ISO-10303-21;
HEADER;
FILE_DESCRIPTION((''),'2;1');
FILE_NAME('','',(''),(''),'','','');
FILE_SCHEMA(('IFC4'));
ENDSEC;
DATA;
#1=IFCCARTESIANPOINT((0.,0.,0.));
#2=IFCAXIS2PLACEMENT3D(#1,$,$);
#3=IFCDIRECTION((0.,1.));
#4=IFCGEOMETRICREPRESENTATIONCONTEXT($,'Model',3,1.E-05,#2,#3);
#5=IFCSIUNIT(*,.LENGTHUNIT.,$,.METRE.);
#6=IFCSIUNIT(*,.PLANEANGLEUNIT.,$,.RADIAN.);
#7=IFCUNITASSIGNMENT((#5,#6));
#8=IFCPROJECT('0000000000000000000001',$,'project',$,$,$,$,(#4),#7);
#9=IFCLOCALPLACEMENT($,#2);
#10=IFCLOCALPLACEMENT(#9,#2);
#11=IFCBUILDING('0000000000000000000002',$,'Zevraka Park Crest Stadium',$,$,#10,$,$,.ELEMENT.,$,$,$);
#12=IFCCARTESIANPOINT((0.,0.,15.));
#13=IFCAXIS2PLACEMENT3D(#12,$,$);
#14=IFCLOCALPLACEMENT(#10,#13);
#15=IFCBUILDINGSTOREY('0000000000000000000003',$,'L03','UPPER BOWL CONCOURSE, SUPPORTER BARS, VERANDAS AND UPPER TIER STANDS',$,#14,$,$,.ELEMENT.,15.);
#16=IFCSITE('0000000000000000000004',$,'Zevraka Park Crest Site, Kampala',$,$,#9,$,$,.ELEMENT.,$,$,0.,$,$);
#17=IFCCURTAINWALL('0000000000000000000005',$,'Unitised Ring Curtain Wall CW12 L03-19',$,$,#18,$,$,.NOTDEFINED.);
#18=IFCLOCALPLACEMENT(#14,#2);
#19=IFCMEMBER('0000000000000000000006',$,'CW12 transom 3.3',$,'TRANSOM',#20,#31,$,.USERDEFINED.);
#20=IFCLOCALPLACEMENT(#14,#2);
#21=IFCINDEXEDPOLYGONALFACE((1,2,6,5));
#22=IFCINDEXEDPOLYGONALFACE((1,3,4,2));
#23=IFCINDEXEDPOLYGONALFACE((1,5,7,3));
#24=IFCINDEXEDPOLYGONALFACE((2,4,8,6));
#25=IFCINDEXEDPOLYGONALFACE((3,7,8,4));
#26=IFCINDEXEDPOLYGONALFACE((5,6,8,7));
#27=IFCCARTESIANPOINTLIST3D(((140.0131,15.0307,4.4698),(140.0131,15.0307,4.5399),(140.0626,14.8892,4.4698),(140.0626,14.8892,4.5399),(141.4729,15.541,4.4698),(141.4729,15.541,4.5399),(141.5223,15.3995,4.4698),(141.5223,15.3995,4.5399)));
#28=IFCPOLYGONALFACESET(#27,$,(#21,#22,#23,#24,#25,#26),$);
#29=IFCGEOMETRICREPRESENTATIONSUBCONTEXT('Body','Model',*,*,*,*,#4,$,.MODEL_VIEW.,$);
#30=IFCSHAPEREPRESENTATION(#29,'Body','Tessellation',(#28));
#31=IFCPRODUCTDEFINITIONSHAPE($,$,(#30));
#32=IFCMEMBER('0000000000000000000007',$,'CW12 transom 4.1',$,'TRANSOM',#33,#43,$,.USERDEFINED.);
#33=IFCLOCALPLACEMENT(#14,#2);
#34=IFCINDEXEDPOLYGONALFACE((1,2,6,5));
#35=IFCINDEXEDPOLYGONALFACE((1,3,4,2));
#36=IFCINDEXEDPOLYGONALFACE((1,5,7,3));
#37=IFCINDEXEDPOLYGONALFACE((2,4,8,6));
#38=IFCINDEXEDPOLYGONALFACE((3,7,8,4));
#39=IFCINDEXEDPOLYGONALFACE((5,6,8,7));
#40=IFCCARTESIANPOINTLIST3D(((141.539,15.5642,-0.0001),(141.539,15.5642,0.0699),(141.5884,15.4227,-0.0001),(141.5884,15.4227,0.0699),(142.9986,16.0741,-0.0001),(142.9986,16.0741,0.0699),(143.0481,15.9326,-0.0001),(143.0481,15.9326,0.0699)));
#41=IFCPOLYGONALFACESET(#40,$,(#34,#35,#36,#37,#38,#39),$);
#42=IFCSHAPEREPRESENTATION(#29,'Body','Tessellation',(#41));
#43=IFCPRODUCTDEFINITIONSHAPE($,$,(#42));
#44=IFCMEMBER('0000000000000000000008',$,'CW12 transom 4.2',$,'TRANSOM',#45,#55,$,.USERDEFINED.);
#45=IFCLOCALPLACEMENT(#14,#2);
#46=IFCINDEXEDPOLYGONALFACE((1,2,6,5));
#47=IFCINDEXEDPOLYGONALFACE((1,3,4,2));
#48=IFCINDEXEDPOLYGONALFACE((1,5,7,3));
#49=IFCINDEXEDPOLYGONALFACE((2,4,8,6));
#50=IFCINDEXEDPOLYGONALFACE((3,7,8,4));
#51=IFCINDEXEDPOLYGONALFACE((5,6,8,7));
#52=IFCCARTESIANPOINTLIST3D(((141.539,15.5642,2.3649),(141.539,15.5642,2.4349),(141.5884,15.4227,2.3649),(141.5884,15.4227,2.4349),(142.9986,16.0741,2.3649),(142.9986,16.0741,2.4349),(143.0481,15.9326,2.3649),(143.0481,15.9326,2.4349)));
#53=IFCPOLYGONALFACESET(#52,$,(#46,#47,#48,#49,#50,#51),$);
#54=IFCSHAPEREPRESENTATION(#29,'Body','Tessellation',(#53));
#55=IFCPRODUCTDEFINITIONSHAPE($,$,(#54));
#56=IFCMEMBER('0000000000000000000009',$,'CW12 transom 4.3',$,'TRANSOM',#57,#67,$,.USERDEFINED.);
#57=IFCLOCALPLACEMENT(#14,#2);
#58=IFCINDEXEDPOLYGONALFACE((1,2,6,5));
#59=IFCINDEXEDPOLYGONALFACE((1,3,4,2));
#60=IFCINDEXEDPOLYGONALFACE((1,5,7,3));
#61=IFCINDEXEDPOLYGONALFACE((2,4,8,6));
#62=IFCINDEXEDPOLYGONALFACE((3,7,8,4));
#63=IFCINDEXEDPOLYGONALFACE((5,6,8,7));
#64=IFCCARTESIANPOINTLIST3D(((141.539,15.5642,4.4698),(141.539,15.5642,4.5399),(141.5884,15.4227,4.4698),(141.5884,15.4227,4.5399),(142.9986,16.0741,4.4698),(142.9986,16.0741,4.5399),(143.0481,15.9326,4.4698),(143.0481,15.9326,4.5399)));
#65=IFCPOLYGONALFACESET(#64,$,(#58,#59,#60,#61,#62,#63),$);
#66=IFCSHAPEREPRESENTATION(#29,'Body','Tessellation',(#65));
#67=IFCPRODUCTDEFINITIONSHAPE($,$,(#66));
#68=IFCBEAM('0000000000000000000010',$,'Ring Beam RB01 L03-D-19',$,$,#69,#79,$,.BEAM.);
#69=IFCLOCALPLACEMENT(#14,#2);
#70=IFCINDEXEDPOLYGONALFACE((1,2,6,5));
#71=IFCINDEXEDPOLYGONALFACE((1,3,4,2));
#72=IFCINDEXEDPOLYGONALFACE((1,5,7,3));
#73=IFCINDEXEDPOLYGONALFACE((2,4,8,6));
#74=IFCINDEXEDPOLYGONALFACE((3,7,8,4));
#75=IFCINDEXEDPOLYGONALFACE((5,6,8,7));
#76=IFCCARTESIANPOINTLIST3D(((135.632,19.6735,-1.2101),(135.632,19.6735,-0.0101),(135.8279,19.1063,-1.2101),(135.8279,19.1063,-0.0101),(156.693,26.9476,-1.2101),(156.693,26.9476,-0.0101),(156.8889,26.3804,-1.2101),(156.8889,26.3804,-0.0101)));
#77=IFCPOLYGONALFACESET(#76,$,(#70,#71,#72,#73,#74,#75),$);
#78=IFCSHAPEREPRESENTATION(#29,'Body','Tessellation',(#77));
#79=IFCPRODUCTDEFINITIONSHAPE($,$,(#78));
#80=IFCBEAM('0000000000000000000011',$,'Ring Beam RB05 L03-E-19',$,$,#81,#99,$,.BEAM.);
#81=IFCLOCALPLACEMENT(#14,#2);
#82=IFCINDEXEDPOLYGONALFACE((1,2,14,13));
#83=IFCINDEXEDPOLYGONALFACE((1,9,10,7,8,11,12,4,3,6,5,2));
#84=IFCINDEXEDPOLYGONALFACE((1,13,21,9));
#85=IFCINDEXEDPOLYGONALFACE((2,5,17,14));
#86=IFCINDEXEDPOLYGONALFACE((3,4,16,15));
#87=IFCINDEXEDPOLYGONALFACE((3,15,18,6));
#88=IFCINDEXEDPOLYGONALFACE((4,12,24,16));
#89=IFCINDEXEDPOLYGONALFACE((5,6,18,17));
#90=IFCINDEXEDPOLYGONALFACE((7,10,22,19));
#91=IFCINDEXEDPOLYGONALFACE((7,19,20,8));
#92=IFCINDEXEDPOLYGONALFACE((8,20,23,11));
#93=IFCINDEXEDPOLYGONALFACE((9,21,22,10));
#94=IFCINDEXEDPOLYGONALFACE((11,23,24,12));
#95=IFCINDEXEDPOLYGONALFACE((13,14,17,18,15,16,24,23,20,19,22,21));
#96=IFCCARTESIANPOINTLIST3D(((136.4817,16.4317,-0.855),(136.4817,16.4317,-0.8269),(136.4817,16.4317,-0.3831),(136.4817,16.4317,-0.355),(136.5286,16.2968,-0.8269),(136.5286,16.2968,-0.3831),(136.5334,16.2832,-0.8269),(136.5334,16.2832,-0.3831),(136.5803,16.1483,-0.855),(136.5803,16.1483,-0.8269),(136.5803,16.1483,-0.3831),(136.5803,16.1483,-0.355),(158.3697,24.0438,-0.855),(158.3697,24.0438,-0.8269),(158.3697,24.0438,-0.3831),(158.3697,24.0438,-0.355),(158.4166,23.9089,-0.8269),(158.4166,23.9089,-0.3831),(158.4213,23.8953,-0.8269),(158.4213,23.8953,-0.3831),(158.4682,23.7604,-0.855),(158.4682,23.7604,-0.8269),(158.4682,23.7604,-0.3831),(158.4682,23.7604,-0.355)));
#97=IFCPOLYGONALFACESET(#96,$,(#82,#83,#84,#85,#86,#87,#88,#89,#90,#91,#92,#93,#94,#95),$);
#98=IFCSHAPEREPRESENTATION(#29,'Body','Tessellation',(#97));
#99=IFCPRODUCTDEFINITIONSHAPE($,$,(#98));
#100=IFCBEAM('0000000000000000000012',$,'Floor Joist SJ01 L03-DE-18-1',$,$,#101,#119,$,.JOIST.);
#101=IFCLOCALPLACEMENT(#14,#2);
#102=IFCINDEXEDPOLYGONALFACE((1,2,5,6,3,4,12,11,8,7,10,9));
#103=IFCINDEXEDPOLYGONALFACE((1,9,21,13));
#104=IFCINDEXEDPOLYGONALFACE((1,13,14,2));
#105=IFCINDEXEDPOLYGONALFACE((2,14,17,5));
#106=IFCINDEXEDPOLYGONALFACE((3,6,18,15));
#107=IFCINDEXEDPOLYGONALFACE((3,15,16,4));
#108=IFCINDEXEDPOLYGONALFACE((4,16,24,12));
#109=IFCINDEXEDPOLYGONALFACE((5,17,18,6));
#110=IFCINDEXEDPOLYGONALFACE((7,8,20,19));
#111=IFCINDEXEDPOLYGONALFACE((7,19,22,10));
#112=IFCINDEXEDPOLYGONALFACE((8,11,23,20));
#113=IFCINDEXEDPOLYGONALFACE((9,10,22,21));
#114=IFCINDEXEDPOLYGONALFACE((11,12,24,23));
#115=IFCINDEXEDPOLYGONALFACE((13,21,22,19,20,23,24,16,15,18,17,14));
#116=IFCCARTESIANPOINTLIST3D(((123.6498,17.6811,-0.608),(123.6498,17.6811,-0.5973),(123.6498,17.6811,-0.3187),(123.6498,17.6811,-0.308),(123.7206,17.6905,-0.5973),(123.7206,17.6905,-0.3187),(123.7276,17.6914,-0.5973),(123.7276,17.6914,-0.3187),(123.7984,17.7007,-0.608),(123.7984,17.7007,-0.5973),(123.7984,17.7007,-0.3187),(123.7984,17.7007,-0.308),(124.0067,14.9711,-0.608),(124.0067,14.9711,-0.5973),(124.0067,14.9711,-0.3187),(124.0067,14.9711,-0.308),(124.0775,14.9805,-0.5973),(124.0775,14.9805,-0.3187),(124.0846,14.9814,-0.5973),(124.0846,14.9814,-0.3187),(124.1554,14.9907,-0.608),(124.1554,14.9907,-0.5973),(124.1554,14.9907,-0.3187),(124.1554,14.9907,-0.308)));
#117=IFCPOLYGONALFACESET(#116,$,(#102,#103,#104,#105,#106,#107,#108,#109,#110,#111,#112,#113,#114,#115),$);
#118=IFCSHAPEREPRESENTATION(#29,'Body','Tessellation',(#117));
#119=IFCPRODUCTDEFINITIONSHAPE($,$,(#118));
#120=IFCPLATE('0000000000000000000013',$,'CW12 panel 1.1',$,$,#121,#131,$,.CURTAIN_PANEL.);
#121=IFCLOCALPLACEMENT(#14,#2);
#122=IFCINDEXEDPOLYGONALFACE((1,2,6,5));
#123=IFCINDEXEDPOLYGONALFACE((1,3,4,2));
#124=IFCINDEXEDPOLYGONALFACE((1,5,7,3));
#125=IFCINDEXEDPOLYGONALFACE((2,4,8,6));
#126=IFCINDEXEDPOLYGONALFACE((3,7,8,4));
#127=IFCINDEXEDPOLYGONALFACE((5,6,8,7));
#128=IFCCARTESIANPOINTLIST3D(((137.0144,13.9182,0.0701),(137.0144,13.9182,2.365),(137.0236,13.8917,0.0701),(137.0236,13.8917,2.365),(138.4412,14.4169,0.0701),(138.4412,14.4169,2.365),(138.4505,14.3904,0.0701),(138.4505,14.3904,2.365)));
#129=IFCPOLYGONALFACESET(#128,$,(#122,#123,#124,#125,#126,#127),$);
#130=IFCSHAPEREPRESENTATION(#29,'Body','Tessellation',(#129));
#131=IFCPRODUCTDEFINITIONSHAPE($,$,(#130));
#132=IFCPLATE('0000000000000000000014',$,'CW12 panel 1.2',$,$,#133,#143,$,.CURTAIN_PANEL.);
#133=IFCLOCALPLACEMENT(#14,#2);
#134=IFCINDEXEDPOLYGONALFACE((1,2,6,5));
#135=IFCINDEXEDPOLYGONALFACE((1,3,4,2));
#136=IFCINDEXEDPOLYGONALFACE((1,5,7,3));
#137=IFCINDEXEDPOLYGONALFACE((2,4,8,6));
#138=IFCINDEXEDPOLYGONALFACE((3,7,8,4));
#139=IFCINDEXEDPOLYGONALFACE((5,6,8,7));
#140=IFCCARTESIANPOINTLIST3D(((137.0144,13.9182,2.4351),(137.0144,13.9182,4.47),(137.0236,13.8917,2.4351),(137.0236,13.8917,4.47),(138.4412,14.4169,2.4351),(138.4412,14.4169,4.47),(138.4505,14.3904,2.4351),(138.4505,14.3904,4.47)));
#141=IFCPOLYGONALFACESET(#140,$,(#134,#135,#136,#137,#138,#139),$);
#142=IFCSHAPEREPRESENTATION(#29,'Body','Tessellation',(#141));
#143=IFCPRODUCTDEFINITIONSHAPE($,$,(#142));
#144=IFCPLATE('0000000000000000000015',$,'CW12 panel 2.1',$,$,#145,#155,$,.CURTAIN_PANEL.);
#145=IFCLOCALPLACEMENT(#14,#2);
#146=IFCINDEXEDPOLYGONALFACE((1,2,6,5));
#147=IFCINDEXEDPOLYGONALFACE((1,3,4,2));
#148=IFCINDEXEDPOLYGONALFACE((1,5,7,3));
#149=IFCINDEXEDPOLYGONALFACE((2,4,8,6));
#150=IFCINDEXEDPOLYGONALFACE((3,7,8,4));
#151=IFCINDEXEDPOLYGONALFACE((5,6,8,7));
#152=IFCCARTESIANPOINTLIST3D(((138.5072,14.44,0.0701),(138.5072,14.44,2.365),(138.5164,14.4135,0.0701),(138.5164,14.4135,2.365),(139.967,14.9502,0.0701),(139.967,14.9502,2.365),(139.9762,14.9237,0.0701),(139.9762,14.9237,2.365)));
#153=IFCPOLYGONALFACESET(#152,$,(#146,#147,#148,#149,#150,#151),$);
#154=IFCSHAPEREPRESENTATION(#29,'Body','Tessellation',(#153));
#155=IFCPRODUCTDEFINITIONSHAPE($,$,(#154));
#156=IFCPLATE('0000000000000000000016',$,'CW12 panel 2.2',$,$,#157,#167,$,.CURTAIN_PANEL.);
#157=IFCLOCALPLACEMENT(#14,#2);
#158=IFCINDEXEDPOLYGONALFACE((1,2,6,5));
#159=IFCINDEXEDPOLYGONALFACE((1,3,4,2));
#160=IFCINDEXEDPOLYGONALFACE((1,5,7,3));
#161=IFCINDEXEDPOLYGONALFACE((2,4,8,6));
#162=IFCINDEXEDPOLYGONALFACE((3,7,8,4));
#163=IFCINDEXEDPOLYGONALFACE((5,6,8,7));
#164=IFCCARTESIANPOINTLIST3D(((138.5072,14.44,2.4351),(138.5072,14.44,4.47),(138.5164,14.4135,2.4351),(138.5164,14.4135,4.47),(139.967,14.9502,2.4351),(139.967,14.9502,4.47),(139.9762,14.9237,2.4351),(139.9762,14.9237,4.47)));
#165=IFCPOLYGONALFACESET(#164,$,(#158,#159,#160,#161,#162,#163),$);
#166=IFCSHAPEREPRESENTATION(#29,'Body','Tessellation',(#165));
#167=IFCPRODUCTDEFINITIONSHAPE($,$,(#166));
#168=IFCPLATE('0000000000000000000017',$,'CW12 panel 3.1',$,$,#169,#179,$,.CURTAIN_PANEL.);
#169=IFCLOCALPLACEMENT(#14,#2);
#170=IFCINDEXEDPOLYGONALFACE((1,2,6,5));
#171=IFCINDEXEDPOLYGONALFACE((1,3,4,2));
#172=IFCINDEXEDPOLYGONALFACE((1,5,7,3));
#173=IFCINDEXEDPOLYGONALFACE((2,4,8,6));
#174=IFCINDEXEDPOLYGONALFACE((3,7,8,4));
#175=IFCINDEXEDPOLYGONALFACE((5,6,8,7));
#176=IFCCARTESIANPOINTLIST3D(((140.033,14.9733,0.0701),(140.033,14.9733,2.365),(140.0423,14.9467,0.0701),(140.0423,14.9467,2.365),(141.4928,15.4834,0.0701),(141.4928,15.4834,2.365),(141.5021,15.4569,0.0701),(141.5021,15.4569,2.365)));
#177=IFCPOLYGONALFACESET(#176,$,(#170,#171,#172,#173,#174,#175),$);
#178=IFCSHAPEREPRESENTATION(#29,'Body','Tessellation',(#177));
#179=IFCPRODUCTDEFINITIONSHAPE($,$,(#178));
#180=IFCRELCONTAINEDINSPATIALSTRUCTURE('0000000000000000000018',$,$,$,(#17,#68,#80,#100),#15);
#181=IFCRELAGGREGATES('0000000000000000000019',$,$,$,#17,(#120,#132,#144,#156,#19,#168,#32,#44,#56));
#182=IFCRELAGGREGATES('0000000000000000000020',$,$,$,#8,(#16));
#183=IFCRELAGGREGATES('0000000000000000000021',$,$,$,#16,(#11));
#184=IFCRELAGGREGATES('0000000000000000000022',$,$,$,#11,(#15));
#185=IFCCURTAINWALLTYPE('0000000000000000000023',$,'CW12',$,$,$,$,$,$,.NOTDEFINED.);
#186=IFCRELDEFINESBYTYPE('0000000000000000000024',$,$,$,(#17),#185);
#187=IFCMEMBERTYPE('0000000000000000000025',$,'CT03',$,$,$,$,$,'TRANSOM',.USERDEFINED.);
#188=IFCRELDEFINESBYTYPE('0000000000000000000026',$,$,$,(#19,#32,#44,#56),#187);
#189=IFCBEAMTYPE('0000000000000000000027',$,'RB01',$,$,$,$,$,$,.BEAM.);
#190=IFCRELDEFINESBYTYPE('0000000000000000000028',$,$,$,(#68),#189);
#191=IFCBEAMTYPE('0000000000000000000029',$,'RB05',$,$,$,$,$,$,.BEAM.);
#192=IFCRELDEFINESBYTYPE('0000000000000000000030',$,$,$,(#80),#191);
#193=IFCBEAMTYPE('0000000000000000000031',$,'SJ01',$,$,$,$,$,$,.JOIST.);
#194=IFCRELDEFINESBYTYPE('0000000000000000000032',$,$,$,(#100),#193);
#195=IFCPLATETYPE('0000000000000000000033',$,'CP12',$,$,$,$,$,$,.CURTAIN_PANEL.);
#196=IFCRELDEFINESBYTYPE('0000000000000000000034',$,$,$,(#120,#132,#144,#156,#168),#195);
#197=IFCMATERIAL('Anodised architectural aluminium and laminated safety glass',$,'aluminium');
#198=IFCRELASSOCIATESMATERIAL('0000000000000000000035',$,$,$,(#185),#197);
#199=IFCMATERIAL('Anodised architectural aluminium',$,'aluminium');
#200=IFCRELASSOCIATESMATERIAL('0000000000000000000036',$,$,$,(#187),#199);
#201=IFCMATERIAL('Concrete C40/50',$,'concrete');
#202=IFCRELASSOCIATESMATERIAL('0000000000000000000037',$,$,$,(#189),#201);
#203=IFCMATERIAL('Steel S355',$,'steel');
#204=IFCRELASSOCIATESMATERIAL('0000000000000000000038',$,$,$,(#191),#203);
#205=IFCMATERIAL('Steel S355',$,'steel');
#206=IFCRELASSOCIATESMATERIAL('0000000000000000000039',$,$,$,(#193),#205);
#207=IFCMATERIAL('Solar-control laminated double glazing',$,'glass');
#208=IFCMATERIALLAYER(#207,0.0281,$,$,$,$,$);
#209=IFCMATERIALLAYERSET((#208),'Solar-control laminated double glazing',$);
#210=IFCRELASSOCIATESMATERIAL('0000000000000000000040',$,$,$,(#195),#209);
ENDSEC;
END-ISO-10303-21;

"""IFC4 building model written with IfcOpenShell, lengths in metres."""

from ifc_helpers import new_model, si_unit, direction, frame, origin, origin_2d, place, context, subcontext, project, spatial, rectangle, i_section, extrude, material, layer, layer_set, material_profile, profile_set, type_object, element, aggregate, save


model = new_model("IFC4")

# Units and contexts
model_context = context("Model", 3, precision=1e-05, world=origin(), true_north=direction((0.0, 1.0)))
body_context = subcontext(model_context, "Body", "Model", "MODEL_VIEW")
ifc_project = project(units=[si_unit("LENGTHUNIT", "METRE"), si_unit("PLANEANGLEUNIT", "RADIAN")], contexts=[model_context])

# Site, building, storey
site_placement = place(None, origin())
site = spatial("IfcSite", under=ifc_project, at=site_placement, Name="Zevraka Park Crest Site, Kampala", CompositionType="ELEMENT", RefElevation=0.0)
building_placement = place(site_placement, origin())
building = spatial("IfcBuilding", under=site, at=building_placement, Name="Zevraka Park Crest Stadium", CompositionType="ELEMENT")
storey_placement = place(building_placement, frame((0.0, 0.0, 15.0)))
storey = spatial("IfcBuildingStorey", under=building, at=storey_placement, Name="L03", Description="UPPER BOWL CONCOURSE, SUPPORTER BARS, VERANDAS AND UPPER TIER STANDS", CompositionType="ELEMENT", Elevation=15.0)

# Curtain wall, members
ifc_material_1 = material(Name="Anodised architectural aluminium and laminated safety glass", Category="aluminium")
curtain_wall_type = type_object("IfcCurtainWallType", Name="CW12", PredefinedType="NOTDEFINED", material=ifc_material_1)
curtain_wall_placement = place(storey_placement, origin())
curtain_wall = element("IfcCurtainWall", 1, at=curtain_wall_placement, inside=storey, type_object=curtain_wall_type, Name="Unitised Ring Curtain Wall CW12 L03-19", PredefinedType="NOTDEFINED")
ifc_material_2 = material(Name="Anodised architectural aluminium", Category="aluminium")
ifc_material_profile_1 = material_profile(ifc_material_2, rectangle(XDim=0.1499, YDim=0.0701, at=origin_2d()), Name="ALU TRANSOM 150x70")
ifc_profile_set_1 = profile_set([ifc_material_profile_1], Name="Anodised architectural aluminium")
member_type_1 = type_object("IfcMemberType", Name="CT03", ElementType="TRANSOM", PredefinedType="USERDEFINED", material=ifc_profile_set_1)
member_1_placement = place(storey_placement, frame((140.0378, 14.96, 4.5049), z_axis=(0.943989, 0.329978, 0.0), x_axis=(-0.329978, 0.943989, 0.0)))
member_1 = element("IfcMember", 2, at=member_1_placement, type_object=member_type_1, Name="CW12 transom 3.3", ObjectType="TRANSOM", PredefinedType="USERDEFINED", context=body_context, shape_type="SweptSolid", body=[
    extrude(rectangle(XDim=0.1499, YDim=0.0701, at=origin_2d()), origin(), (0.0, 0.0, 1.0), 1.5464),
])
member_2_placement = place(storey_placement, frame((141.5637, 15.4934, 0.0349), z_axis=(0.944038, 0.329837, 0.0), x_axis=(-0.329837, 0.944038, 0.0)))
member_2 = element("IfcMember", 3, at=member_2_placement, type_object=member_type_1, Name="CW12 transom 4.1", ObjectType="TRANSOM", PredefinedType="USERDEFINED", context=body_context, shape_type="SweptSolid", body=[
    extrude(rectangle(XDim=0.1499, YDim=0.0701, at=origin_2d()), origin(), (0.0, 0.0, 1.0), 1.5461),
])
member_3_placement = place(storey_placement, frame((141.5637, 15.4934, 2.3999), z_axis=(0.944038, 0.329837, 0.0), x_axis=(-0.329837, 0.944038, 0.0)))
member_3 = element("IfcMember", 4, at=member_3_placement, type_object=member_type_1, Name="CW12 transom 4.2", ObjectType="TRANSOM", PredefinedType="USERDEFINED", context=body_context, shape_type="SweptSolid", body=[
    extrude(rectangle(XDim=0.1499, YDim=0.0701, at=origin_2d()), origin(), (0.0, 0.0, 1.0), 1.5461),
])
member_4_placement = place(storey_placement, frame((141.5637, 15.4934, 4.5049), z_axis=(0.944038, 0.329837, 0.0), x_axis=(-0.329837, 0.944038, 0.0)))
member_4 = element("IfcMember", 5, at=member_4_placement, type_object=member_type_1, Name="CW12 transom 4.3", ObjectType="TRANSOM", PredefinedType="USERDEFINED", context=body_context, shape_type="SweptSolid", body=[
    extrude(rectangle(XDim=0.1499, YDim=0.0701, at=origin_2d()), origin(), (0.0, 0.0, 1.0), 1.5461),
])

# Beams
ifc_material_3 = material(Name="Concrete C40/50", Category="concrete")
ifc_material_profile_2 = material_profile(ifc_material_3, rectangle(XDim=0.6001, YDim=1.2, at=origin_2d()), Name="RC 1200x600")
ifc_profile_set_2 = profile_set([ifc_material_profile_2], Name="Concrete C40/50")
beam_type_1 = type_object("IfcBeamType", Name="RB01", PredefinedType="BEAM", material=ifc_profile_set_2)
beam_1_placement = place(storey_placement, frame((135.73, 19.3899, -0.6101), z_axis=(0.94521, 0.326462, 0.0), x_axis=(-0.326462, 0.94521, 0.0)))
element("IfcBeam", 6, at=beam_1_placement, inside=storey, type_object=beam_type_1, Name="Ring Beam RB01 L03-D-19", PredefinedType="BEAM", context=body_context, shape_type="SweptSolid", body=[
    extrude(rectangle(XDim=0.6001, YDim=1.2, at=origin_2d()), origin(), (0.0, 0.0, 1.0), 22.2817),
])
ifc_material_4 = material(Name="Steel S355", Category="steel")
ifc_material_profile_3 = material_profile(ifc_material_4, i_section(OverallWidth=0.3, OverallDepth=0.5, WebThickness=0.0144, FlangeThickness=0.0281, at=origin_2d()), Name="HEB 500")
ifc_profile_set_3 = profile_set([ifc_material_profile_3], Name="Steel S355")
beam_type_2 = type_object("IfcBeamType", Name="RB05", PredefinedType="BEAM", material=ifc_profile_set_3)
beam_2_placement = place(storey_placement, frame((136.531, 16.29, -0.605), z_axis=(0.944512, 0.328477, 0.0), x_axis=(-0.328477, 0.944512, 0.0)))
element("IfcBeam", 7, at=beam_2_placement, inside=storey, type_object=beam_type_2, Name="Ring Beam RB05 L03-E-19", PredefinedType="BEAM", context=body_context, shape_type="SweptSolid", body=[
    extrude(i_section(OverallWidth=0.3, OverallDepth=0.5, WebThickness=0.0144, FlangeThickness=0.0281, at=origin_2d()), origin(), (0.0, 0.0, 1.0), 23.1738),
])
ifc_material_5 = material(Name="Steel S355", Category="steel")
ifc_material_profile_4 = material_profile(ifc_material_5, i_section(OverallWidth=0.1499, OverallDepth=0.3, WebThickness=0.0071, FlangeThickness=0.0107, at=origin_2d()), Name="IPE 300")
ifc_profile_set_4 = profile_set([ifc_material_profile_4], Name="Steel S355")
beam_type_3 = type_object("IfcBeamType", Name="SJ01", PredefinedType="JOIST", material=ifc_profile_set_4)
beam_3_placement = place(storey_placement, frame((123.7241, 17.6909, -0.458), z_axis=(0.130584, -0.991437, 0.0), x_axis=(0.991437, 0.130584, 0.0)))
element("IfcBeam", 8, at=beam_3_placement, inside=storey, type_object=beam_type_3, Name="Floor Joist SJ01 L03-DE-18-1", PredefinedType="JOIST", context=body_context, shape_type="SweptSolid", body=[
    extrude(i_section(OverallWidth=0.1499, OverallDepth=0.3, WebThickness=0.0071, FlangeThickness=0.0107, at=origin_2d()), origin(), (0.0, 0.0, 1.0), 2.7334),
])

# Plates
ifc_material_6 = material(Name="Solar-control laminated double glazing", Category="glass")
ifc_layer_1 = layer(ifc_material_6, 0.0281)
ifc_layer_set_1 = layer_set([ifc_layer_1], Name="Solar-control laminated double glazing")
plate_type = type_object("IfcPlateType", Name="CP12", PredefinedType="CURTAIN_PANEL", material=ifc_layer_set_1)
plate_1_placement = place(storey_placement, frame((137.7324, 14.1543, 0.0701), z_axis=(0.0, 0.0, 1.0), x_axis=(0.94401, 0.329917, 0.0)))
plate_1 = element("IfcPlate", 9, at=plate_1_placement, type_object=plate_type, Name="CW12 panel 1.1", PredefinedType="CURTAIN_PANEL", context=body_context, shape_type="SweptSolid", body=[
    extrude(rectangle(XDim=1.5115, YDim=0.0281, at=origin_2d()), origin(), (0.0, 0.0, 1.0), 2.2949),
])
plate_2_placement = place(storey_placement, frame((137.7324, 14.1543, 2.4351), z_axis=(0.0, 0.0, 1.0), x_axis=(0.94401, 0.329917, 0.0)))
plate_2 = element("IfcPlate", 10, at=plate_2_placement, type_object=plate_type, Name="CW12 panel 1.2", PredefinedType="CURTAIN_PANEL", context=body_context, shape_type="SweptSolid", body=[
    extrude(rectangle(XDim=1.5115, YDim=0.0281, at=origin_2d()), origin(), (0.0, 0.0, 1.0), 2.0349),
])
plate_3_placement = place(storey_placement, frame((139.2417, 14.6819, 0.0701), z_axis=(0.0, 0.0, 1.0), x_axis=(0.94401, 0.329917, 0.0)))
plate_3 = element("IfcPlate", 11, at=plate_3_placement, type_object=plate_type, Name="CW12 panel 2.1", PredefinedType="CURTAIN_PANEL", context=body_context, shape_type="SweptSolid", body=[
    extrude(rectangle(XDim=1.5464, YDim=0.0281, at=origin_2d()), origin(), (0.0, 0.0, 1.0), 2.2949),
])
plate_4_placement = place(storey_placement, frame((139.2417, 14.6819, 2.4351), z_axis=(0.0, 0.0, 1.0), x_axis=(0.94401, 0.329917, 0.0)))
plate_4 = element("IfcPlate", 12, at=plate_4_placement, type_object=plate_type, Name="CW12 panel 2.2", PredefinedType="CURTAIN_PANEL", context=body_context, shape_type="SweptSolid", body=[
    extrude(rectangle(XDim=1.5464, YDim=0.0281, at=origin_2d()), origin(), (0.0, 0.0, 1.0), 2.0349),
])
plate_5_placement = place(storey_placement, frame((140.7676, 15.2151, 0.0701), z_axis=(0.0, 0.0, 1.0), x_axis=(0.94401, 0.329917, 0.0)))
plate_5 = element("IfcPlate", 13, at=plate_5_placement, type_object=plate_type, Name="CW12 panel 3.1", PredefinedType="CURTAIN_PANEL", context=body_context, shape_type="SweptSolid", body=[
    extrude(rectangle(XDim=1.5464, YDim=0.0281, at=origin_2d()), origin(), (0.0, 0.0, 1.0), 2.2949),
])
aggregate(curtain_wall, [plate_1, plate_2, plate_3, plate_4, member_1, plate_5, member_2, member_3, member_4])

save(model, "model.ifc")
